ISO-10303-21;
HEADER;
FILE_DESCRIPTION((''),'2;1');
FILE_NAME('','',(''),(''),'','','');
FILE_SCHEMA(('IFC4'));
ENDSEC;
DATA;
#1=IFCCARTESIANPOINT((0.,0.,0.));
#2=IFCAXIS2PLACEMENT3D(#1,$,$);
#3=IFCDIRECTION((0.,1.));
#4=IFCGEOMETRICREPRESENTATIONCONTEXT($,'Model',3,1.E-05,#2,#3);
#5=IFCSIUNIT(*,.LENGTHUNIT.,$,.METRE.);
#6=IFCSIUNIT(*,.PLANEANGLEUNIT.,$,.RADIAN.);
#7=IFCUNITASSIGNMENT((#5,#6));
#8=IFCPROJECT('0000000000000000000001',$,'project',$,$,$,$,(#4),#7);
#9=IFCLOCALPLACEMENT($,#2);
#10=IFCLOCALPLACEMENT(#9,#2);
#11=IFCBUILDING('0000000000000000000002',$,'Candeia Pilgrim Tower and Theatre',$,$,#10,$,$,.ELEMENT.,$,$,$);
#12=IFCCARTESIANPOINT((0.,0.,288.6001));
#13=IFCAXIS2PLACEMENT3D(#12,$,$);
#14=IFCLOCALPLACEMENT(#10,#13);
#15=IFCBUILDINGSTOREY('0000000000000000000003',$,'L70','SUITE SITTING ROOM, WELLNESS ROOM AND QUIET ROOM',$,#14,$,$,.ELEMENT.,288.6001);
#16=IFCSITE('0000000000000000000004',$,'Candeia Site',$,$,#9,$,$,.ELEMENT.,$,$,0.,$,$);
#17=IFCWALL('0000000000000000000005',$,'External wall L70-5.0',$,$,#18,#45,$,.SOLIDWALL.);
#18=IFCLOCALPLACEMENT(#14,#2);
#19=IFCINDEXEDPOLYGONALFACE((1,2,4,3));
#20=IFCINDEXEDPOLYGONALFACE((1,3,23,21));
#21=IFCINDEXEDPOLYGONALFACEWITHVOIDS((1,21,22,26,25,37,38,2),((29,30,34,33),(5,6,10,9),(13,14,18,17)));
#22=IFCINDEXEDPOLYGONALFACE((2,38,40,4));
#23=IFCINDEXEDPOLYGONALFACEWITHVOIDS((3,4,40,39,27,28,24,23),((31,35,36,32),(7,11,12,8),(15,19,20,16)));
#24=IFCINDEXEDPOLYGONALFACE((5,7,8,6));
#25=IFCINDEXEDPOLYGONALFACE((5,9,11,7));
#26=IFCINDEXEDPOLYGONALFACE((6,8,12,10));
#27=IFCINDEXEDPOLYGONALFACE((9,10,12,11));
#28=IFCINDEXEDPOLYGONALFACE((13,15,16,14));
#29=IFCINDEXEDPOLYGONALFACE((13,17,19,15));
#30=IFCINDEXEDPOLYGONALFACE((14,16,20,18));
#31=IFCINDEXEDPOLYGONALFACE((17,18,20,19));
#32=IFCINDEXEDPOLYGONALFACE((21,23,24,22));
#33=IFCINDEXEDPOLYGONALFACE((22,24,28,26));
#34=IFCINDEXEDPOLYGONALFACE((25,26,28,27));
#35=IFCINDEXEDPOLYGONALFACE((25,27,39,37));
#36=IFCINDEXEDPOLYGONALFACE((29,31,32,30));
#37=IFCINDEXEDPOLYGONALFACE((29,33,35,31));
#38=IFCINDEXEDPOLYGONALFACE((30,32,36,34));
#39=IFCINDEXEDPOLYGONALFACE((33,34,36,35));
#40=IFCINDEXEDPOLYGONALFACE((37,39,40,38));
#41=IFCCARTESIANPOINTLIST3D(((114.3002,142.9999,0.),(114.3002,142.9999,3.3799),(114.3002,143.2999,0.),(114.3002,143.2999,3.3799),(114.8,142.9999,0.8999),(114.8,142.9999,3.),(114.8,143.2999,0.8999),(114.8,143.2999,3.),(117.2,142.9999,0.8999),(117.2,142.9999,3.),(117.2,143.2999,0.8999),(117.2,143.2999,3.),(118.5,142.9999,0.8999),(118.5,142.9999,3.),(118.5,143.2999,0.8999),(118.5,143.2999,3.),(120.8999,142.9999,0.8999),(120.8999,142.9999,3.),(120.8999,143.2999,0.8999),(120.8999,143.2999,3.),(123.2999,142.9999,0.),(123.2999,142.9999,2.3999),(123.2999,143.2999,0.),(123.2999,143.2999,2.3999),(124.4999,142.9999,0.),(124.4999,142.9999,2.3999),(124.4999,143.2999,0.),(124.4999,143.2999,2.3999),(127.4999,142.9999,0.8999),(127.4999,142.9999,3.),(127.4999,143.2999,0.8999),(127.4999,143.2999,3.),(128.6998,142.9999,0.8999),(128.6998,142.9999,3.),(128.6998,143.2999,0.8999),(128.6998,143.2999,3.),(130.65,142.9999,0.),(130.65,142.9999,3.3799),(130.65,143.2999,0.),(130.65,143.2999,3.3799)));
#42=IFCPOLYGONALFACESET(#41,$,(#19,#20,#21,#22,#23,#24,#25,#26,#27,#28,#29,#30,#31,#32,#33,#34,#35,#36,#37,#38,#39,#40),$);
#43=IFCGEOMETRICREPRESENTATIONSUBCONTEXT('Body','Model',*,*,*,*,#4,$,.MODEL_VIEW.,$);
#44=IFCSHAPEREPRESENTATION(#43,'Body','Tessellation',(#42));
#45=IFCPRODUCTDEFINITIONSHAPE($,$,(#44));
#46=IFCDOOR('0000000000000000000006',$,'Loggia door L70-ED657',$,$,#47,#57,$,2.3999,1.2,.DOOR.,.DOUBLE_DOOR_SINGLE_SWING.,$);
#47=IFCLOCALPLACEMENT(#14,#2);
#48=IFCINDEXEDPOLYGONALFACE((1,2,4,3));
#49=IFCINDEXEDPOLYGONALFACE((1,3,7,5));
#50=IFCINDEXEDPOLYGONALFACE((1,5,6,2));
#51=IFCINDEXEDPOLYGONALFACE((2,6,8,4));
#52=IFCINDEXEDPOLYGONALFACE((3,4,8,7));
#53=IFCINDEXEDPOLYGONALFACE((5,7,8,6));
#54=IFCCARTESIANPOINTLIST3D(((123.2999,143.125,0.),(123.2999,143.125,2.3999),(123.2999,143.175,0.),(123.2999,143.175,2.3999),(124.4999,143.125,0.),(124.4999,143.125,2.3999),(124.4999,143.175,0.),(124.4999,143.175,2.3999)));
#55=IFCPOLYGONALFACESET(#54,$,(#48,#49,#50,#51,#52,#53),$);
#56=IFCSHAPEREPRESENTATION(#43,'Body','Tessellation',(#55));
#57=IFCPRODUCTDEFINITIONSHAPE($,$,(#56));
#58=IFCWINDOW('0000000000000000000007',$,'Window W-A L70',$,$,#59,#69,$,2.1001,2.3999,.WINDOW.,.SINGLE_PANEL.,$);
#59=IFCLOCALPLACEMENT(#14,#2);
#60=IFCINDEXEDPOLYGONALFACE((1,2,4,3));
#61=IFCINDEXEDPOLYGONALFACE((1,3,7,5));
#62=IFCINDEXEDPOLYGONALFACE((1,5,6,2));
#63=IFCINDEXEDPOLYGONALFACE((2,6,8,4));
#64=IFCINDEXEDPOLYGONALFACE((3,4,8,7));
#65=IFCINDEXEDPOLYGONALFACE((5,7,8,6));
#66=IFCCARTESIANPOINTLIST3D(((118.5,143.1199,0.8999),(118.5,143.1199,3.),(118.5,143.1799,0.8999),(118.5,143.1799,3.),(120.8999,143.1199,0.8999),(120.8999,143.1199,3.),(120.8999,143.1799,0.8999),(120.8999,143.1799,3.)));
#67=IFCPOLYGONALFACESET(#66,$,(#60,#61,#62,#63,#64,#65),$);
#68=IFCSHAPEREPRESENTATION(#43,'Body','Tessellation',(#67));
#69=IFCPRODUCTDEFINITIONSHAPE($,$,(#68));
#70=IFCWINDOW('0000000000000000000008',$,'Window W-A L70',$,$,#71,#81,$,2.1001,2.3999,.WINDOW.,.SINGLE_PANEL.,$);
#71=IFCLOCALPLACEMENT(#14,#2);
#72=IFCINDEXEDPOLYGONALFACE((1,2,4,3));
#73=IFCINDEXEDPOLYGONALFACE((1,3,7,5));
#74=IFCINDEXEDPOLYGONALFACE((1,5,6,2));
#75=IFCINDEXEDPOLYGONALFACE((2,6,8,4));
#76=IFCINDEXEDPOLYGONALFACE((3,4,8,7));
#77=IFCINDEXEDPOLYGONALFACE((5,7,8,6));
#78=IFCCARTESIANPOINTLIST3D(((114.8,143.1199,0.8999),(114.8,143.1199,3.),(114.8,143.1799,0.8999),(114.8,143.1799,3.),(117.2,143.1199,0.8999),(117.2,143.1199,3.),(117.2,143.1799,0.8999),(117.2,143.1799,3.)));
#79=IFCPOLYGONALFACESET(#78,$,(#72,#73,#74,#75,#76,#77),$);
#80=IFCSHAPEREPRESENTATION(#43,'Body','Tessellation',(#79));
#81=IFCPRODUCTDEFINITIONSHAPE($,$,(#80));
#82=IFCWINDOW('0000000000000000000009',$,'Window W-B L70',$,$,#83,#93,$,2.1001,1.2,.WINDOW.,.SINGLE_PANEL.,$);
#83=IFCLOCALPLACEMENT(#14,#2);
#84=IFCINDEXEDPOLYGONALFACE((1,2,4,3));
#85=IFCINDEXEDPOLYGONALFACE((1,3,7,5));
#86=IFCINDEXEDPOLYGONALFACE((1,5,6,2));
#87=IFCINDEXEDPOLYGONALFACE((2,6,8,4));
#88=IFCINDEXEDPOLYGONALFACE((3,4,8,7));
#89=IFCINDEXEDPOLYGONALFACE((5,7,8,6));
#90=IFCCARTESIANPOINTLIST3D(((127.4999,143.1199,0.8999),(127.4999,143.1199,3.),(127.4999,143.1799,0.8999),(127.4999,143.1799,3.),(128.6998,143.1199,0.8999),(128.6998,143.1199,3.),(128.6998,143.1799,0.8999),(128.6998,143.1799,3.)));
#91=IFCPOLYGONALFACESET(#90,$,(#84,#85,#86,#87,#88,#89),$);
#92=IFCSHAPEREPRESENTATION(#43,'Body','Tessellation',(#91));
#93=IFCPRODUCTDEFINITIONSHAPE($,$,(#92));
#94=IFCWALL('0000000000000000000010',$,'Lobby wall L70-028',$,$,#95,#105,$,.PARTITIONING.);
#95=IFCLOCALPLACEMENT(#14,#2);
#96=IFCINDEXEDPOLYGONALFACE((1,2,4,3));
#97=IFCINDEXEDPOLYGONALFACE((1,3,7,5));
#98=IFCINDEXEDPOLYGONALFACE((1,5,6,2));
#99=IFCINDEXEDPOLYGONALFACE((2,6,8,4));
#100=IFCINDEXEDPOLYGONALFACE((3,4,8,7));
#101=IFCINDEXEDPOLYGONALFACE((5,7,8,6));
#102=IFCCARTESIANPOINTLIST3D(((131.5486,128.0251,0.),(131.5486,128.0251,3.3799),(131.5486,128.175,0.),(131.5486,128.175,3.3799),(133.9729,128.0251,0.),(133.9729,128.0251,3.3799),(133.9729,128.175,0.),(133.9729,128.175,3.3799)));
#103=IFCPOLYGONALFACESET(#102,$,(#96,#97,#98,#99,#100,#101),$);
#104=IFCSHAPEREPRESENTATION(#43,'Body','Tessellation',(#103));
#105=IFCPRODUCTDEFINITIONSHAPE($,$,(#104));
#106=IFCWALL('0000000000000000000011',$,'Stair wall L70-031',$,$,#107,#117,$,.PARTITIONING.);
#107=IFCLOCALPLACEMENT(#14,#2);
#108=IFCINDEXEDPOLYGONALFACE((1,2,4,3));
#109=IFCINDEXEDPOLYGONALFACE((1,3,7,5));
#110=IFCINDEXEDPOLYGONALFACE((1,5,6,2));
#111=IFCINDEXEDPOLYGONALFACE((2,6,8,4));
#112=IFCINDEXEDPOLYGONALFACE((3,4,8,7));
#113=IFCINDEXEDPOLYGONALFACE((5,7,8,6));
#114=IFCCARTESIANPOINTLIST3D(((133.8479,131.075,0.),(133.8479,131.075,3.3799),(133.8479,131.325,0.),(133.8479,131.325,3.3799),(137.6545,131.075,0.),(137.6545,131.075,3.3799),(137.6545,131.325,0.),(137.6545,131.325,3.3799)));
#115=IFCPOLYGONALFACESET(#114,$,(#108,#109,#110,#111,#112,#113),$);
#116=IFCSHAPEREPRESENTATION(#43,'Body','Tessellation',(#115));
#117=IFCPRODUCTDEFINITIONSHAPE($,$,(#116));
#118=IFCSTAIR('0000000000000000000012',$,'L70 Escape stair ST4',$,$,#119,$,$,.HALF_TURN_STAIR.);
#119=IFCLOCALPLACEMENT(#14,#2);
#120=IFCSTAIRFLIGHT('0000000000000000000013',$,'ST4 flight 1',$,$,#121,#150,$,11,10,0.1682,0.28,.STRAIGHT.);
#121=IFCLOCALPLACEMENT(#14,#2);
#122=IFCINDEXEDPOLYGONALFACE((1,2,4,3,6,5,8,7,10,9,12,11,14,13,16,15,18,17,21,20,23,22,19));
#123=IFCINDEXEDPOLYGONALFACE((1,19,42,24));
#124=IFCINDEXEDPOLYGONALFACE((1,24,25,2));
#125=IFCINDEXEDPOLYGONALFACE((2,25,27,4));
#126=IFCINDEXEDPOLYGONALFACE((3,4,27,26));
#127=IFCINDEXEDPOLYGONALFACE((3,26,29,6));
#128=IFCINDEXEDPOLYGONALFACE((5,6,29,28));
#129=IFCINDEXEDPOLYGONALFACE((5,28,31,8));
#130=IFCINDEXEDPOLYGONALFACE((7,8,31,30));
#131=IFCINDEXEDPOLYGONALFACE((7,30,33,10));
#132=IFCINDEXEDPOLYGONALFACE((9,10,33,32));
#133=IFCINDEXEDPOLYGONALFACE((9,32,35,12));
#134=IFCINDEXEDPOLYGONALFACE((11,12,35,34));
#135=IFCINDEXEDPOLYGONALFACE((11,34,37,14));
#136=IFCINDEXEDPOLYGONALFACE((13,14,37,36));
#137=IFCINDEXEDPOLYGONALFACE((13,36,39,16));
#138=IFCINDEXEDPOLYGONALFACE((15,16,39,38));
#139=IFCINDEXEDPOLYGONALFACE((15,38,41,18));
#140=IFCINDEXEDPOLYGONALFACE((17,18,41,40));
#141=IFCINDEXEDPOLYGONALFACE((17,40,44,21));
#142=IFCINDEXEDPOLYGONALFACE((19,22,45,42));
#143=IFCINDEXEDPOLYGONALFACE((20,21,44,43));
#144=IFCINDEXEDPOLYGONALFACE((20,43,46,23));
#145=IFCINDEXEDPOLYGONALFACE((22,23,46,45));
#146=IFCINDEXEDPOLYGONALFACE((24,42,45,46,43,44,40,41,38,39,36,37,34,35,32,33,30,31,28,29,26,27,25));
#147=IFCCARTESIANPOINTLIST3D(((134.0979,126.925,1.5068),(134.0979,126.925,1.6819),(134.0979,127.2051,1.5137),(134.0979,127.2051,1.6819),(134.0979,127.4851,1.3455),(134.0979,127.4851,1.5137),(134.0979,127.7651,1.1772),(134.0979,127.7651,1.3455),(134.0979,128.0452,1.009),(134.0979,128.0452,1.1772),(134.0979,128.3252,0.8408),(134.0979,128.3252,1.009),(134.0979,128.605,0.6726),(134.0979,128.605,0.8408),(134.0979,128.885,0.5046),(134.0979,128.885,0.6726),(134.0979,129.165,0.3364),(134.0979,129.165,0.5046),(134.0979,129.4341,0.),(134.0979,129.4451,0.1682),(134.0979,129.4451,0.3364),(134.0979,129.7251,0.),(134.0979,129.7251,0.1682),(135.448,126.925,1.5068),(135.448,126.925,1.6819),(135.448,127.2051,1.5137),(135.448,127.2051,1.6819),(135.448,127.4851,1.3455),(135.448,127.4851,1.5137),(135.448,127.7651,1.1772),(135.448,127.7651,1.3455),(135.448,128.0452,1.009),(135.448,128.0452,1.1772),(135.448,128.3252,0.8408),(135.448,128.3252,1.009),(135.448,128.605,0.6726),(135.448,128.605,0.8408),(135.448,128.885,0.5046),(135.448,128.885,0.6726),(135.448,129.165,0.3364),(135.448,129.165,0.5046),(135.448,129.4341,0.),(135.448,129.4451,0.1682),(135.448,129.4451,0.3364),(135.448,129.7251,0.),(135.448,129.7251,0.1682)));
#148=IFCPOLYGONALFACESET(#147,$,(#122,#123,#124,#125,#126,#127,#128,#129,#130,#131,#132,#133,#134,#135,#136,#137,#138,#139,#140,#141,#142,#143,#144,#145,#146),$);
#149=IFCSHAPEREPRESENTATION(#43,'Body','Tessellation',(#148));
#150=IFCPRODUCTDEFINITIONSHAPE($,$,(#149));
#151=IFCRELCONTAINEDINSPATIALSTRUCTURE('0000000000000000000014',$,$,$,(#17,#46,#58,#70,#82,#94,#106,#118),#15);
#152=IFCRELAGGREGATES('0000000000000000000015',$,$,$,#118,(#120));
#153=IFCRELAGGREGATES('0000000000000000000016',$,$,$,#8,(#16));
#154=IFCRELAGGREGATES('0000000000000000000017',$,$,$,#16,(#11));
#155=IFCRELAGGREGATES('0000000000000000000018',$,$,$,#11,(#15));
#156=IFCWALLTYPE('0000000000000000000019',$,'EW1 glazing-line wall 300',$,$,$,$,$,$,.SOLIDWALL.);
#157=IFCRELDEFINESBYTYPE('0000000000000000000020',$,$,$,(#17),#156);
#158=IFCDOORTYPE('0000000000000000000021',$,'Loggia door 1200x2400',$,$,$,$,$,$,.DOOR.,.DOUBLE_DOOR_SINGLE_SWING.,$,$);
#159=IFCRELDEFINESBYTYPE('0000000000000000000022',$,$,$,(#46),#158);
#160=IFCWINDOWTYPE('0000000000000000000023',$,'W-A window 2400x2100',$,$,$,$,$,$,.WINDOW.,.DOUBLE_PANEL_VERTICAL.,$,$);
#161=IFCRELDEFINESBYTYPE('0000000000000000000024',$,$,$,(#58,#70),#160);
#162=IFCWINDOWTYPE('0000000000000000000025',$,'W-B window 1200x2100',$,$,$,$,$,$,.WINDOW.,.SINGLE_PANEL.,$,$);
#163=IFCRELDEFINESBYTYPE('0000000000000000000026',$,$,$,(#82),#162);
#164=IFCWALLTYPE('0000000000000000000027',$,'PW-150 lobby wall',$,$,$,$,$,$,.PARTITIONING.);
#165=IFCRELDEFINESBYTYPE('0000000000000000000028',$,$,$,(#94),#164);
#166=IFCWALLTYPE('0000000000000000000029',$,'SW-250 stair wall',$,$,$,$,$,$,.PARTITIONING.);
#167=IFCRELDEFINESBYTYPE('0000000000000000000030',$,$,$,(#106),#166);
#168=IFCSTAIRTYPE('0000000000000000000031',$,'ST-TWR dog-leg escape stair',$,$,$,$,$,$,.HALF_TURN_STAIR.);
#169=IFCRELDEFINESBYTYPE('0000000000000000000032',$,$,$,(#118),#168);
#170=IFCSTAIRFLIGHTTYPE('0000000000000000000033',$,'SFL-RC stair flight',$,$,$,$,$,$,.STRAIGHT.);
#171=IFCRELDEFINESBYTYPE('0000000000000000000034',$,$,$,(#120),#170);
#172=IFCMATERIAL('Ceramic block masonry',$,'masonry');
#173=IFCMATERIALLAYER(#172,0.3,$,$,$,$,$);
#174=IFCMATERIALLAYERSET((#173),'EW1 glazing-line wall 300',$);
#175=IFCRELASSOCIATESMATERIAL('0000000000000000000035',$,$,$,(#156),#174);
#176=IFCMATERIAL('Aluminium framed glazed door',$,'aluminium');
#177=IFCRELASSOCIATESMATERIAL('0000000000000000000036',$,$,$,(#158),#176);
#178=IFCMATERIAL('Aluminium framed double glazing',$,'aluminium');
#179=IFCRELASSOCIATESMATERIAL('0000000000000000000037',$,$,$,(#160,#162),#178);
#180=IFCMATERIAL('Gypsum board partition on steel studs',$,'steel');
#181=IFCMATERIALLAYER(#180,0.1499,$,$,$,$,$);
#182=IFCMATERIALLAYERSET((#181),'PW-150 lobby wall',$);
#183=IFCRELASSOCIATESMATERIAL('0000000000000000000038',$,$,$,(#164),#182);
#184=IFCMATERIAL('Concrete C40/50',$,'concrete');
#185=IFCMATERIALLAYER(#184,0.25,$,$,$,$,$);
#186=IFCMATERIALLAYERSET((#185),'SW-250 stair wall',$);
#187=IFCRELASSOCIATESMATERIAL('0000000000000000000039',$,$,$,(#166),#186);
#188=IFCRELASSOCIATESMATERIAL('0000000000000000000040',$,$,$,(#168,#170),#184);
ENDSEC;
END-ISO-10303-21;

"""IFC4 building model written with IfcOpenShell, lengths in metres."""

from ifc_helpers import new_model, si_unit, direction, frame, frame_2d, origin, place, context, subcontext, project, spatial, polyline, rectangle, outline, extrude, material, layer, layer_set, type_object, element, fill, aggregate, save


model = new_model("IFC4")

# Units and contexts
model_context = context("Model", 3, precision=1e-05, world=origin(), true_north=direction((0.0, 1.0)))
body_context = subcontext(model_context, "Body", "Model", "MODEL_VIEW")
ifc_project = project(units=[si_unit("LENGTHUNIT", "METRE"), si_unit("PLANEANGLEUNIT", "RADIAN")], contexts=[model_context])

# Site, building, storey
site_placement = place(None, origin())
site = spatial("IfcSite", under=ifc_project, at=site_placement, Name="Candeia Site", CompositionType="ELEMENT", RefElevation=0.0)
building_placement = place(site_placement, origin())
building = spatial("IfcBuilding", under=site, at=building_placement, Name="Candeia Pilgrim Tower and Theatre", CompositionType="ELEMENT")
storey_placement = place(building_placement, frame((0.0, 0.0, 288.6001)))
storey = spatial("IfcBuildingStorey", under=building, at=storey_placement, Name="L70", Description="SUITE SITTING ROOM, WELLNESS ROOM AND QUIET ROOM", CompositionType="ELEMENT", Elevation=288.6001)

# Shared definitions
ifc_material_1 = material(Name="Concrete C40/50", Category="concrete")

# Shared definitions
ifc_material_2 = material(Name="Ceramic block masonry", Category="masonry")
ifc_layer_1 = layer(ifc_material_2, 0.3)
ifc_layer_set_1 = layer_set([ifc_layer_1], Name="EW1 glazing-line wall 300")
wall_type_1 = type_object("IfcWallType", Name="EW1 glazing-line wall 300", PredefinedType="SOLIDWALL", material=ifc_layer_set_1)
ifc_material_3 = material(Name="Aluminium framed glazed door", Category="aluminium")
door_type = type_object("IfcDoorType", Name="Loggia door 1200x2400", OperationType="DOUBLE_DOOR_SINGLE_SWING", PredefinedType="DOOR", material=ifc_material_3)
ifc_material_4 = material(Name="Aluminium framed double glazing", Category="aluminium")
window_type_1 = type_object("IfcWindowType", Name="W-A window 2400x2100", PartitioningType="DOUBLE_PANEL_VERTICAL", PredefinedType="WINDOW", material=ifc_material_4)

# Shared definitions
window_type_2 = type_object("IfcWindowType", Name="W-B window 1200x2100", PartitioningType="SINGLE_PANEL", PredefinedType="WINDOW", material=ifc_material_4)

# Wall, openings, door, windows
wall_1_placement = place(storey_placement, frame((130.6499, 143.1499, 0.0), z_axis=(0.0, 0.0, 1.0), x_axis=(-1.0, 0.0, 0.0)))
wall_1 = element("IfcWall", 1, at=wall_1_placement, inside=storey, type_object=wall_type_1, Name="External wall L70-5.0", PredefinedType="SOLIDWALL", context=body_context, shape_type="SweptSolid", body=[
    extrude(rectangle(XDim=16.3499, YDim=0.3, at=frame_2d((8.1748, 0.0))), origin(), (0.0, 0.0, 1.0), 3.3799),
])
opening_1_placement = place(wall_1_placement, frame((1.95, 0.0, 0.8999)))
opening_1 = element("IfcOpeningElement", 2, at=opening_1_placement, cuts=wall_1, PredefinedType="OPENING", context=body_context, shape_type="SweptSolid", body=[
    extrude(rectangle(XDim=1.2, YDim=2.1001, at=frame_2d((0.6001, 1.05))), frame((0.0, 0.1602, 0.0), z_axis=(0.0, -1.0, 0.0), x_axis=(1.0, 0.0, 0.0)), (0.0, 0.0, 1.0), 0.3201),
])
opening_2_placement = place(wall_1_placement, frame((6.1499, 0.0, 0.0)))
opening_2 = element("IfcOpeningElement", 3, at=opening_2_placement, cuts=wall_1, PredefinedType="OPENING", context=body_context, shape_type="SweptSolid", body=[
    extrude(rectangle(XDim=1.2, YDim=2.3999, at=frame_2d((0.6001, 1.2))), frame((0.0, 0.1602, 0.0), z_axis=(0.0, -1.0, 0.0), x_axis=(1.0, 0.0, 0.0)), (0.0, 0.0, 1.0), 0.3201),
])
opening_3_placement = place(wall_1_placement, frame((9.75, 0.0, 0.8999)))
opening_3 = element("IfcOpeningElement", 4, at=opening_3_placement, cuts=wall_1, PredefinedType="OPENING", context=body_context, shape_type="SweptSolid", body=[
    extrude(rectangle(XDim=2.3999, YDim=2.1001, at=frame_2d((1.2, 1.05))), frame((0.0, 0.1602, 0.0), z_axis=(0.0, -1.0, 0.0), x_axis=(1.0, 0.0, 0.0)), (0.0, 0.0, 1.0), 0.3201),
])
opening_4_placement = place(wall_1_placement, frame((13.45, 0.0, 0.8999)))
opening_4 = element("IfcOpeningElement", 5, at=opening_4_placement, cuts=wall_1, PredefinedType="OPENING", context=body_context, shape_type="SweptSolid", body=[
    extrude(rectangle(XDim=2.3999, YDim=2.1001, at=frame_2d((1.2, 1.05))), frame((0.0, 0.1602, 0.0), z_axis=(0.0, -1.0, 0.0), x_axis=(1.0, 0.0, 0.0)), (0.0, 0.0, 1.0), 0.3201),
])
door_1_placement = place(opening_2_placement, origin())
door_1 = element("IfcDoor", 6, at=door_1_placement, inside=storey, type_object=door_type, Name="Loggia door L70-ED657", OperationType="DOUBLE_DOOR_SINGLE_SWING", OverallHeight=2.3999, OverallWidth=1.2, PredefinedType="DOOR", context=body_context, shape_type="SweptSolid", body=[
    extrude(rectangle(XDim=1.2, YDim=2.3999, at=frame_2d((0.6001, 1.2))), frame((0.0, 0.0249, 0.0), z_axis=(0.0, -1.0, 0.0), x_axis=(1.0, 0.0, 0.0)), (0.0, 0.0, 1.0), 0.05),
])
fill(opening_2, door_1)
window_1_placement = place(opening_3_placement, origin())
window_1 = element("IfcWindow", 7, at=window_1_placement, inside=storey, type_object=window_type_1, Name="Window W-A L70", OverallHeight=2.1001, OverallWidth=2.3999, PartitioningType="SINGLE_PANEL", PredefinedType="WINDOW", context=body_context, shape_type="SweptSolid", body=[
    extrude(rectangle(XDim=2.3999, YDim=2.1001, at=frame_2d((1.2, 1.05))), frame((0.0, 0.03, 0.0), z_axis=(0.0, -1.0, 0.0), x_axis=(1.0, 0.0, 0.0)), (0.0, 0.0, 1.0), 0.0601),
])
fill(opening_3, window_1)
window_2_placement = place(opening_4_placement, origin())
window_2 = element("IfcWindow", 8, at=window_2_placement, inside=storey, type_object=window_type_1, Name="Window W-A L70", OverallHeight=2.1001, OverallWidth=2.3999, PartitioningType="SINGLE_PANEL", PredefinedType="WINDOW", context=body_context, shape_type="SweptSolid", body=[
    extrude(rectangle(XDim=2.3999, YDim=2.1001, at=frame_2d((1.2, 1.05))), frame((0.0, 0.03, 0.0), z_axis=(0.0, -1.0, 0.0), x_axis=(1.0, 0.0, 0.0)), (0.0, 0.0, 1.0), 0.0601),
])
fill(opening_4, window_2)
window_3_placement = place(opening_1_placement, origin())
window_3 = element("IfcWindow", 9, at=window_3_placement, inside=storey, type_object=window_type_2, Name="Window W-B L70", OverallHeight=2.1001, OverallWidth=1.2, PartitioningType="SINGLE_PANEL", PredefinedType="WINDOW", context=body_context, shape_type="SweptSolid", body=[
    extrude(rectangle(XDim=1.2, YDim=2.1001, at=frame_2d((0.6001, 1.05))), frame((0.0, 0.03, 0.0), z_axis=(0.0, -1.0, 0.0), x_axis=(1.0, 0.0, 0.0)), (0.0, 0.0, 1.0), 0.0601),
])
fill(opening_1, window_3)

# Walls
ifc_material_5 = material(Name="Gypsum board partition on steel studs", Category="steel")
ifc_layer_2 = layer(ifc_material_5, 0.1499)
ifc_layer_set_2 = layer_set([ifc_layer_2], Name="PW-150 lobby wall")
wall_type_2 = type_object("IfcWallType", Name="PW-150 lobby wall", PredefinedType="PARTITIONING", material=ifc_layer_set_2)
wall_2_placement = place(storey_placement, frame((131.5486, 128.1001, 0.0), z_axis=(0.0, 0.0, 1.0), x_axis=(1.0, 0.0, 0.0)))
element("IfcWall", 10, at=wall_2_placement, inside=storey, type_object=wall_type_2, Name="Lobby wall L70-028", PredefinedType="PARTITIONING", context=body_context, shape_type="SweptSolid", body=[
    extrude(rectangle(XDim=2.4243, YDim=0.1499, at=frame_2d((1.2122, 0.0))), origin(), (0.0, 0.0, 1.0), 3.3799),
])
ifc_layer_3 = layer(ifc_material_1, 0.25)
ifc_layer_set_3 = layer_set([ifc_layer_3], Name="SW-250 stair wall")
wall_type_3 = type_object("IfcWallType", Name="SW-250 stair wall", PredefinedType="PARTITIONING", material=ifc_layer_set_3)
wall_3_placement = place(storey_placement, frame((133.8479, 131.2, 0.0), z_axis=(0.0, 0.0, 1.0), x_axis=(1.0, 0.0, 0.0)))
element("IfcWall", 11, at=wall_3_placement, inside=storey, type_object=wall_type_3, Name="Stair wall L70-031", PredefinedType="PARTITIONING", context=body_context, shape_type="SweptSolid", body=[
    extrude(rectangle(XDim=3.8066, YDim=0.25, at=frame_2d((1.9033, 0.0))), origin(), (0.0, 0.0, 1.0), 3.3799),
])

# Stair, stair flight
stair_type = type_object("IfcStairType", Name="ST-TWR dog-leg escape stair", PredefinedType="HALF_TURN_STAIR", material=ifc_material_1)
stair_placement = place(storey_placement, origin())
stair = element("IfcStair", 12, at=stair_placement, inside=storey, type_object=stair_type, Name="L70 Escape stair ST4", PredefinedType="HALF_TURN_STAIR")
stair_flight_type = type_object("IfcStairFlightType", Name="SFL-RC stair flight", PredefinedType="STRAIGHT", material=ifc_material_1)
stair_flight_1_placement = place(storey_placement, frame((134.7729, 129.7251, 0.0), z_axis=(0.0, 0.0, 1.0), x_axis=(0.0, -1.0, 0.0)))
stair_flight_1 = element("IfcStairFlight", 13, at=stair_flight_1_placement, type_object=stair_flight_type, Name="ST4 flight 1", NumberOfRisers=11, NumberOfTreads=10, PredefinedType="STRAIGHT", RiserHeight=0.1682, TreadLength=0.28, context=body_context, shape_type="SweptSolid", body=[
    extrude(outline(polyline([(0.0, 0.0), (0.0, 0.1682), (0.28, 0.1682), (0.28, 0.3364), (0.5601, 0.3364), (0.5601, 0.5046), (0.8401, 0.5046), (0.8401, 0.6726), (1.1201, 0.6726), (1.1201, 0.8408), (1.3999, 0.8408), (1.3999, 1.009), (1.6799, 1.009), (1.6799, 1.1772), (1.96, 1.1772), (1.96, 1.3455), (2.24, 1.3455), (2.24, 1.5137), (2.52, 1.5137), (2.52, 1.6819), (2.8, 1.6819), (2.8, 1.8501), (2.8, 1.5068), (0.291, 0.0), (0.0, 0.0)])), frame((0.0, 0.675, 0.0), z_axis=(0.0, -1.0, 0.0), x_axis=(1.0, 0.0, 0.0)), (0.0, 0.0, 1.0), 1.3501),
])
aggregate(stair, [stair_flight_1])

save(model, "model.ifc")
